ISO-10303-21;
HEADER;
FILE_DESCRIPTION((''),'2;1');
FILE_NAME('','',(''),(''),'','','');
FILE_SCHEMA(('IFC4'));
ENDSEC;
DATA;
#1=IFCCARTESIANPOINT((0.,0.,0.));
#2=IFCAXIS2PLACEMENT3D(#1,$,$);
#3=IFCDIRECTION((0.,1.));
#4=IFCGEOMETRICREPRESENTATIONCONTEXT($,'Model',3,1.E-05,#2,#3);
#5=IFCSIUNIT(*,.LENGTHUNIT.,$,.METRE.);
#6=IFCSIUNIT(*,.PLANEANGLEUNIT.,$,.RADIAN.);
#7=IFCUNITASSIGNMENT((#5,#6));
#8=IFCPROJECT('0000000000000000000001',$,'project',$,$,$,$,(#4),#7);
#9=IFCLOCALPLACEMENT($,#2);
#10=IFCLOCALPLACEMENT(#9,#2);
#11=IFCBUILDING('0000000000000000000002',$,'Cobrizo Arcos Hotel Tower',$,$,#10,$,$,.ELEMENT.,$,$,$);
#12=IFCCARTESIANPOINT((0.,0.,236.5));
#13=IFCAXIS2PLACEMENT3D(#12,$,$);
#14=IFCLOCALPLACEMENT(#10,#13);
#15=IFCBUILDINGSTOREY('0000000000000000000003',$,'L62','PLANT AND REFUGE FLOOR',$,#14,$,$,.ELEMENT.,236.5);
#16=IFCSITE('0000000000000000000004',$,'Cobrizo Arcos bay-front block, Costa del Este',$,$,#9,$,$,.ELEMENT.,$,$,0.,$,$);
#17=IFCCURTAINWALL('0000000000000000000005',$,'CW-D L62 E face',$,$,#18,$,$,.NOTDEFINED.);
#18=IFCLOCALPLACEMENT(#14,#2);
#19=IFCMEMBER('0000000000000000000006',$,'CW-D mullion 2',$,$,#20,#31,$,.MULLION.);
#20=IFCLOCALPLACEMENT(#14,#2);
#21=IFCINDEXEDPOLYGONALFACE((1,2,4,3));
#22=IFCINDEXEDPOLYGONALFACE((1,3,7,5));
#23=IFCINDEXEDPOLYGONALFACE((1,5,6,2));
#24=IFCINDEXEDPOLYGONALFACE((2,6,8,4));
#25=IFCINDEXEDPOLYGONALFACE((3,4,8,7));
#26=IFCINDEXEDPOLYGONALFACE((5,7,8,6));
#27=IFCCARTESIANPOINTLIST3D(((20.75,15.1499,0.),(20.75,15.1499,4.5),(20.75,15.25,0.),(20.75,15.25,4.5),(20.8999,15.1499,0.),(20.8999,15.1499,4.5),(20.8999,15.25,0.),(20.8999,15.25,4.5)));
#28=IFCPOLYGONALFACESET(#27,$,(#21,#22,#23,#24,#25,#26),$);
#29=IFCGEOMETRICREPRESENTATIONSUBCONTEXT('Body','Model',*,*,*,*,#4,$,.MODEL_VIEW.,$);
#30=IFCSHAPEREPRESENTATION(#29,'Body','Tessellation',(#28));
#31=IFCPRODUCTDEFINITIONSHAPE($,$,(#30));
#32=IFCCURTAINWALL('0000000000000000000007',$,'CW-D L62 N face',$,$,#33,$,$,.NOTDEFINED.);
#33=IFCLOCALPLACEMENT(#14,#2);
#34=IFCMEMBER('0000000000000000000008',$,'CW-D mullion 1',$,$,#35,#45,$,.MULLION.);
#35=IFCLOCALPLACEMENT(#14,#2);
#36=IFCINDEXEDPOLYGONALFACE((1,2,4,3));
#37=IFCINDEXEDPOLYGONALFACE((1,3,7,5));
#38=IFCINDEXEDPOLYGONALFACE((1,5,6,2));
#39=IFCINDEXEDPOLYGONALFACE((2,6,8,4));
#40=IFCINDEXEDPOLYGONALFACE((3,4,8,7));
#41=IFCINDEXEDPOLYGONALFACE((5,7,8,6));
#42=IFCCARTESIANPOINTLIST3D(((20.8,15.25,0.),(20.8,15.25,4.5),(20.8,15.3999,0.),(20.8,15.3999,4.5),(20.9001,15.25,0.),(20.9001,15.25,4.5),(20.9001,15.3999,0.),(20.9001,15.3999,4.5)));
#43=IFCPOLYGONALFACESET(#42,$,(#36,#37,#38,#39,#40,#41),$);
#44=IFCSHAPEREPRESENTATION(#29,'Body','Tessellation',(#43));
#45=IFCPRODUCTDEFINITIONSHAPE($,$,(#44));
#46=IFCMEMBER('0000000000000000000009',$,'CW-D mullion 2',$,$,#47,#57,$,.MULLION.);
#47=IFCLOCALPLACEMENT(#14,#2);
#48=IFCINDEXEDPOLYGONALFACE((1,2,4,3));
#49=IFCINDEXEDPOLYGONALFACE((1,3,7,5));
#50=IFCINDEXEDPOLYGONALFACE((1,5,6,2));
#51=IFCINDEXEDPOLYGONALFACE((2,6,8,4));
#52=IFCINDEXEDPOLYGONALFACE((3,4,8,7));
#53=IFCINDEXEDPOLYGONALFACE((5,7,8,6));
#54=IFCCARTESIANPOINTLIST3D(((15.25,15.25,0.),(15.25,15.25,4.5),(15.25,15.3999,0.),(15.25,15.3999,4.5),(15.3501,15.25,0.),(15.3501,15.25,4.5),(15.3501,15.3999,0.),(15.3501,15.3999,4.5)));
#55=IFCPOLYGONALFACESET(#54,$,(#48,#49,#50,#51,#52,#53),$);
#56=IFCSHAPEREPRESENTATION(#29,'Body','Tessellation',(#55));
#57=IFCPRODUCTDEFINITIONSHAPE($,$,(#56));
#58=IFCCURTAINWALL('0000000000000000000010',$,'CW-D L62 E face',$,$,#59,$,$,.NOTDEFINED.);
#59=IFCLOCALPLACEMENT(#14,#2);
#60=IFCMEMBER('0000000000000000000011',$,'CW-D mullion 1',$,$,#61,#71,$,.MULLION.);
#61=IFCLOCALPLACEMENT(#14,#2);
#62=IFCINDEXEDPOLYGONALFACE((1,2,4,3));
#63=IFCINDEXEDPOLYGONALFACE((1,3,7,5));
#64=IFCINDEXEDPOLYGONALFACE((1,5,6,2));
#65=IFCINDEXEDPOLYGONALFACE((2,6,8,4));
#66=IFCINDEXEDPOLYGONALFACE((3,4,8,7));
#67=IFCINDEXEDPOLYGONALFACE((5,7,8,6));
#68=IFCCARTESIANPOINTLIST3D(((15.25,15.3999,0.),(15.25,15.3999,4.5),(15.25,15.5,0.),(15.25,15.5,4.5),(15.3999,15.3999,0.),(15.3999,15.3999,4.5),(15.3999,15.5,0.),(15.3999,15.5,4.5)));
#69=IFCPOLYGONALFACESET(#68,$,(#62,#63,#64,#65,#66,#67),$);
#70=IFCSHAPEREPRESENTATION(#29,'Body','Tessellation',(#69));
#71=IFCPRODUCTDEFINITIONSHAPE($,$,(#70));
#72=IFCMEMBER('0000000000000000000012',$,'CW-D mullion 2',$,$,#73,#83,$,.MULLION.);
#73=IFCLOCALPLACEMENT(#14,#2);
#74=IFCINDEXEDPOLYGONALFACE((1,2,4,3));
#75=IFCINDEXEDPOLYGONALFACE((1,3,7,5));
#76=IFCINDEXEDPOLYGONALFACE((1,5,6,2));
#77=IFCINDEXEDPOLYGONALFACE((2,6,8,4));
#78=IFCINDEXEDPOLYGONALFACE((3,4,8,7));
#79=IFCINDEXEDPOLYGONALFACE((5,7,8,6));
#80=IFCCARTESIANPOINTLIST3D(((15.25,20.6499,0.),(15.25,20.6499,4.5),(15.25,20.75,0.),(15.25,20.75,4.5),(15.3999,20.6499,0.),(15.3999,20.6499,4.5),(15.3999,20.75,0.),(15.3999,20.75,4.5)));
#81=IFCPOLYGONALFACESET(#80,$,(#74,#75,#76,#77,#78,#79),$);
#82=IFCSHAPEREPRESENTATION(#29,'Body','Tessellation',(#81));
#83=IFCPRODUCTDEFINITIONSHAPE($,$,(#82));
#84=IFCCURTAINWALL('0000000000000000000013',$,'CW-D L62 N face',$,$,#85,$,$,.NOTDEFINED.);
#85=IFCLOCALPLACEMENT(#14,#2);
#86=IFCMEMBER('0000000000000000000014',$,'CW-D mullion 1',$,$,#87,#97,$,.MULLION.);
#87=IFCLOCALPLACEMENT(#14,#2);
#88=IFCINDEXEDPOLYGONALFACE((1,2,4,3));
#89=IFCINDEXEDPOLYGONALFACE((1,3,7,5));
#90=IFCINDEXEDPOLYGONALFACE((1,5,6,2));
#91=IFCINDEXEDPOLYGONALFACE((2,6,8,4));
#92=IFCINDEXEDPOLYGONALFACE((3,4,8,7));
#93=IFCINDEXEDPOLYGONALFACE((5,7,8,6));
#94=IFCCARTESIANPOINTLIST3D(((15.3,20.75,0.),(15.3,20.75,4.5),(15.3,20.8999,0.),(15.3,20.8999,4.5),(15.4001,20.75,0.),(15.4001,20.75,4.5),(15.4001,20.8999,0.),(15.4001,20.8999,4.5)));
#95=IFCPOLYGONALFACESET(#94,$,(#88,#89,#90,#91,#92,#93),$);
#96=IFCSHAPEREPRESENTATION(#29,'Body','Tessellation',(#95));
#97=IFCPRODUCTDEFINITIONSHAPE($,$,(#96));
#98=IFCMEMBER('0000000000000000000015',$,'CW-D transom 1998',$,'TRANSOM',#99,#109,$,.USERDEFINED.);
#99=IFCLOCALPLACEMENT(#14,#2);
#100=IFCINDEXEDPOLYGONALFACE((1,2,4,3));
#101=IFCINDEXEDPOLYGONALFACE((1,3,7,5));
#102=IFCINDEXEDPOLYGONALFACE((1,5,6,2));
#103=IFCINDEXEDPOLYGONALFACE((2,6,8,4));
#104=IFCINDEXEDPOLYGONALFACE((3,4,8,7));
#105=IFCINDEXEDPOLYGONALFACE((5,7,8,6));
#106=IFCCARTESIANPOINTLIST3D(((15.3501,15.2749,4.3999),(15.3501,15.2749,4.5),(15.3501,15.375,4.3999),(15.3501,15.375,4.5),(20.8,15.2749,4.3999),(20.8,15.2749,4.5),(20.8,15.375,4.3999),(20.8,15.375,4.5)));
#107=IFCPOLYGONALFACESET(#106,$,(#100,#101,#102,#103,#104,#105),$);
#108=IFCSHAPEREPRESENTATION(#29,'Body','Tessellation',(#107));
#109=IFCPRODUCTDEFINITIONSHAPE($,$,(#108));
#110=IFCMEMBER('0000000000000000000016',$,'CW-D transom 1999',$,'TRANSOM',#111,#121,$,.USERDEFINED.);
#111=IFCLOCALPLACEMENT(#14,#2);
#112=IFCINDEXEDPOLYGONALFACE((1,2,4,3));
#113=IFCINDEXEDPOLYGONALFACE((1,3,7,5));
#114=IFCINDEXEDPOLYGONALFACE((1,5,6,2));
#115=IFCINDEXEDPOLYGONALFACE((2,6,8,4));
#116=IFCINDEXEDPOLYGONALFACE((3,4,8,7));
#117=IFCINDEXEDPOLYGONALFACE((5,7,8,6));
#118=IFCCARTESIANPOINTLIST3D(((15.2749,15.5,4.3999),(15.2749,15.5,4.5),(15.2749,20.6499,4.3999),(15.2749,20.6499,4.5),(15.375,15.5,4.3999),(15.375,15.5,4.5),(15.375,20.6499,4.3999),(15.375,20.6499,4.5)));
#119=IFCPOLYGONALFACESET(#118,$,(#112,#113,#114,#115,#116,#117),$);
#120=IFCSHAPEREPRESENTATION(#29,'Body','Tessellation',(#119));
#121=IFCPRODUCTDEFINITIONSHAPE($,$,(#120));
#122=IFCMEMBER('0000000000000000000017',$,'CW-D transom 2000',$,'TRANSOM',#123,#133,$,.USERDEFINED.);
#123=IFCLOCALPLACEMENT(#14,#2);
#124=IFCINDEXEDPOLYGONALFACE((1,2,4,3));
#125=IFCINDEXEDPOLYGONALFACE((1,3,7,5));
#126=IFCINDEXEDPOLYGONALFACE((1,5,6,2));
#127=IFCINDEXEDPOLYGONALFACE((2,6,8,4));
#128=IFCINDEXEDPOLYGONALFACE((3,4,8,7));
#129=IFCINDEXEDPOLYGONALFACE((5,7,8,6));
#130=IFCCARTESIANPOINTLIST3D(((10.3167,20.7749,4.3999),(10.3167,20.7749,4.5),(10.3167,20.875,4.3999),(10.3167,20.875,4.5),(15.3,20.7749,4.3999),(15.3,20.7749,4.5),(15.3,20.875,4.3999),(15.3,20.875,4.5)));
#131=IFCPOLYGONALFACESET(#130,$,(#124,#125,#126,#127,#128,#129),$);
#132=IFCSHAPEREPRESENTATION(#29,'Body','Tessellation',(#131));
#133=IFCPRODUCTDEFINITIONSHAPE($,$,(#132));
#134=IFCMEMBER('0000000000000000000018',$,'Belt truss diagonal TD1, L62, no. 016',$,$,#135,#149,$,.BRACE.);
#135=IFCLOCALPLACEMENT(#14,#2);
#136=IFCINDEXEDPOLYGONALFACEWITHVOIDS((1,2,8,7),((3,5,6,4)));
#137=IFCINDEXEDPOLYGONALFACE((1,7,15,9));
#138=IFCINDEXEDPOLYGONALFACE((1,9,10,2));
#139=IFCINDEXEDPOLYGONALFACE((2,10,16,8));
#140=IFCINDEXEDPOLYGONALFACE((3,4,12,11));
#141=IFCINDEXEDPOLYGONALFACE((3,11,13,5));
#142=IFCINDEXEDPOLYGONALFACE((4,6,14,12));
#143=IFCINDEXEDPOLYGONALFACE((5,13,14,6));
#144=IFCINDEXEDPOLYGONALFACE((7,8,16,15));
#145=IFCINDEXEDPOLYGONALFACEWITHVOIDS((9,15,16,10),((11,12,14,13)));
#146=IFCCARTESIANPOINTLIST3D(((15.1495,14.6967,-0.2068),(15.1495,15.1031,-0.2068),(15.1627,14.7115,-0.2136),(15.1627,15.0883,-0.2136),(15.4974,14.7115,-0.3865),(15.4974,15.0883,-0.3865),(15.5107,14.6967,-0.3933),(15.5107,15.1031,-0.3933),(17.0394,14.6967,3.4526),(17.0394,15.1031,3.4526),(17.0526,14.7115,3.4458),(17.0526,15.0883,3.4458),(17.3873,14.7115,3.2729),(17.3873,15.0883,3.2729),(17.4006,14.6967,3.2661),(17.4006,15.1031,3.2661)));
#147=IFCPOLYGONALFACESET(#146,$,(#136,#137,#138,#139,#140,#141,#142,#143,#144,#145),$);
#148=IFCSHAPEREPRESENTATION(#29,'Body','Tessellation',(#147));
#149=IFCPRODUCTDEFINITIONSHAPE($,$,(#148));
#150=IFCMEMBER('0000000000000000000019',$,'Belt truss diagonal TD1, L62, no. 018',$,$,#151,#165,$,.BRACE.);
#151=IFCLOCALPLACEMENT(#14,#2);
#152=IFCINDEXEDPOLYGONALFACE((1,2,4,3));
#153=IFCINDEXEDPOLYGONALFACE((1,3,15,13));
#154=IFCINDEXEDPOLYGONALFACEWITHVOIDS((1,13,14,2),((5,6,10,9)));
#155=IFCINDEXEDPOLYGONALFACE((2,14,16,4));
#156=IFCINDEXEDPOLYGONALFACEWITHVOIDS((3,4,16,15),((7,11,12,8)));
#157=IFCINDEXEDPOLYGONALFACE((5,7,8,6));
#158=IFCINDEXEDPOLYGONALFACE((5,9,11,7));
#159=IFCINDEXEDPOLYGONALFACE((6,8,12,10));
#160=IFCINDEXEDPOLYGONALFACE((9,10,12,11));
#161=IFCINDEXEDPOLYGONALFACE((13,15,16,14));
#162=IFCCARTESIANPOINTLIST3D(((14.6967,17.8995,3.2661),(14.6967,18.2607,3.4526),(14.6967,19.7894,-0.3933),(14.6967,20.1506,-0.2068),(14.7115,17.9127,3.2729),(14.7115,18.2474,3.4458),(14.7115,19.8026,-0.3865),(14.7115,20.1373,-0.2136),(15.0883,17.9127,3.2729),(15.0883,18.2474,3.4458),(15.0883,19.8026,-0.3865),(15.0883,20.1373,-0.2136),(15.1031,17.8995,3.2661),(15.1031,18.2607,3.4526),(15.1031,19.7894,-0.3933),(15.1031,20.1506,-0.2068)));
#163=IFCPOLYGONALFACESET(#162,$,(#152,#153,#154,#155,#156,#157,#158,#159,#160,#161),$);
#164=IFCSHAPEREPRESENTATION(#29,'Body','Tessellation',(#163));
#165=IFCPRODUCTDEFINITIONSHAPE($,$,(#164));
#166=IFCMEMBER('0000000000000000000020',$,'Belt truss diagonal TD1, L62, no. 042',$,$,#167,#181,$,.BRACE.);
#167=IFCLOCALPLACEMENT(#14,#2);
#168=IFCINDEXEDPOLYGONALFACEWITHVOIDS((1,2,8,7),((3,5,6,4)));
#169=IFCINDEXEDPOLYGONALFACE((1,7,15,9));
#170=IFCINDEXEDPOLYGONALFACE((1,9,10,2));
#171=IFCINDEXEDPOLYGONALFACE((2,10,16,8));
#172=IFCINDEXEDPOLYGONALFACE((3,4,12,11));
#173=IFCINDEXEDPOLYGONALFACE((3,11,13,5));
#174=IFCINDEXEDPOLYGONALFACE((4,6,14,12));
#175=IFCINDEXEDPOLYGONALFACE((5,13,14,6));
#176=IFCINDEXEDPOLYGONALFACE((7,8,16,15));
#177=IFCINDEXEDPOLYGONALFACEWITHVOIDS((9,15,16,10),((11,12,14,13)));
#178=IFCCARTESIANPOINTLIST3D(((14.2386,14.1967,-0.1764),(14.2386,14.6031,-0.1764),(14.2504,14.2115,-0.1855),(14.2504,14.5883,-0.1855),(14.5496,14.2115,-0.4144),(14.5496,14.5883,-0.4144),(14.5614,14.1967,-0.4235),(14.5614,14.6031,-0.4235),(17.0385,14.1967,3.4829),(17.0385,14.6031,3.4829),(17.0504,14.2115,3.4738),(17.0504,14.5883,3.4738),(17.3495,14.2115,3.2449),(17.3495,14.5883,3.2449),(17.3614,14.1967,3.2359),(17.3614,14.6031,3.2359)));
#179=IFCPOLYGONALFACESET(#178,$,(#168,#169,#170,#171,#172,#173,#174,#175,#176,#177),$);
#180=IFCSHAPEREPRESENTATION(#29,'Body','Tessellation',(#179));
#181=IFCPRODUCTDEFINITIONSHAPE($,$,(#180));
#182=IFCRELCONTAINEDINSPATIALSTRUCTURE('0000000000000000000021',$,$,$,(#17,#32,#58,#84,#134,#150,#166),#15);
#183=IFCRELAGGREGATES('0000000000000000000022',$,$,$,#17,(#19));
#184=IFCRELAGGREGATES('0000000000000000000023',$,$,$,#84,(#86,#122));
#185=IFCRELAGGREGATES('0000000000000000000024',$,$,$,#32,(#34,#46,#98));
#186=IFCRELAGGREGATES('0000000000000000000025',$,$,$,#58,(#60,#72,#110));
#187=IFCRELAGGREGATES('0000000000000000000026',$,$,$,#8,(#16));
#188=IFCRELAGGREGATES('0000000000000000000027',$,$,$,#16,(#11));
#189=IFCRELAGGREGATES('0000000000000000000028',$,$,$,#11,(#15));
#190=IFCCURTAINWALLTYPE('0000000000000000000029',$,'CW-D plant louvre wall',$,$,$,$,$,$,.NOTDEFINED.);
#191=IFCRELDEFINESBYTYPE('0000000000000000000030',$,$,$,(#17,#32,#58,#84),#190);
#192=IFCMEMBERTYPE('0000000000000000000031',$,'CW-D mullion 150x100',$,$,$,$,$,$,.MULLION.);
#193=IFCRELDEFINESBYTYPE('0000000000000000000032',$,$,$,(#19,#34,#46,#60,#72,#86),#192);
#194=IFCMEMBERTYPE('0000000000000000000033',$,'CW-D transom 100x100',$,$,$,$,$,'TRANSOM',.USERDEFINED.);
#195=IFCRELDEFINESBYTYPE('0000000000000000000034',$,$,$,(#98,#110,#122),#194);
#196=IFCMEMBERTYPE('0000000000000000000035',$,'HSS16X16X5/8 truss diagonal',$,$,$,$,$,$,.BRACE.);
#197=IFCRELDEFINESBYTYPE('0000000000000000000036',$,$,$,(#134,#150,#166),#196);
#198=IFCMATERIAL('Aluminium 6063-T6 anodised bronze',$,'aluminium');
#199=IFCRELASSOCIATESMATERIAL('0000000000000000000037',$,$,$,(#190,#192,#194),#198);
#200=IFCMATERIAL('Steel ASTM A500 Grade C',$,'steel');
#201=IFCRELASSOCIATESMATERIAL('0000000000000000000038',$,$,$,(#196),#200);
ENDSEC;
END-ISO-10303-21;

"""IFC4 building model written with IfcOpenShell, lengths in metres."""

from ifc_helpers import new_model, si_unit, direction, frame, origin, origin_2d, place, context, subcontext, project, spatial, rectangle, hollow_rectangle, extrude, material, material_profile, profile_set, type_object, element, aggregate, save


model = new_model("IFC4")

# Units and contexts
model_context = context("Model", 3, precision=1e-05, world=origin(), true_north=direction((0.0, 1.0)))
body_context = subcontext(model_context, "Body", "Model", "MODEL_VIEW")
ifc_project = project(units=[si_unit("LENGTHUNIT", "METRE"), si_unit("PLANEANGLEUNIT", "RADIAN")], contexts=[model_context])

# Site, building, storey
site_placement = place(None, origin())
site = spatial("IfcSite", under=ifc_project, at=site_placement, Name="Cobrizo Arcos bay-front block, Costa del Este", CompositionType="ELEMENT", RefElevation=0.0)
building_placement = place(site_placement, origin())
building = spatial("IfcBuilding", under=site, at=building_placement, Name="Cobrizo Arcos Hotel Tower", CompositionType="ELEMENT")
storey_placement = place(building_placement, frame((0.0, 0.0, 236.5)))
storey = spatial("IfcBuildingStorey", under=building, at=storey_placement, Name="L62", Description="PLANT AND REFUGE FLOOR", CompositionType="ELEMENT", Elevation=236.5)

# Curtain wall, member
ifc_material_1 = material(Name="Aluminium 6063-T6 anodised bronze", Category="aluminium")
curtain_wall_type = type_object("IfcCurtainWallType", Name="CW-D plant louvre wall", PredefinedType="NOTDEFINED", material=ifc_material_1)
curtain_wall_1_placement = place(storey_placement, origin())
curtain_wall_1 = element("IfcCurtainWall", 1, at=curtain_wall_1_placement, inside=storey, type_object=curtain_wall_type, Name="CW-D L62 E face", PredefinedType="NOTDEFINED")
ifc_material_profile_1 = material_profile(ifc_material_1, rectangle(XDim=0.1499, YDim=0.1001, at=origin_2d()), Name="CW-D mullion 150x100")
ifc_profile_set_1 = profile_set([ifc_material_profile_1], Name="Aluminium 6063-T6 anodised bronze")
member_type_1 = type_object("IfcMemberType", Name="CW-D mullion 150x100", PredefinedType="MULLION", material=ifc_profile_set_1)
member_1_placement = place(storey_placement, frame((20.825, 15.2, 0.0), z_axis=(0.0, 0.0, 1.0), x_axis=(1.0, 0.0, 0.0)))
member_1 = element("IfcMember", 2, at=member_1_placement, type_object=member_type_1, Name="CW-D mullion 2", PredefinedType="MULLION", context=body_context, shape_type="SweptSolid", body=[
    extrude(rectangle(XDim=0.1499, YDim=0.1001, at=origin_2d()), origin(), (0.0, 0.0, 1.0), 4.5),
])
aggregate(curtain_wall_1, [member_1])

# Curtain walls, members
curtain_wall_2_placement = place(storey_placement, origin())
curtain_wall_2 = element("IfcCurtainWall", 3, at=curtain_wall_2_placement, inside=storey, type_object=curtain_wall_type, Name="CW-D L62 N face", PredefinedType="NOTDEFINED")
member_2_placement = place(storey_placement, frame((20.8501, 15.325, 0.0), z_axis=(0.0, 0.0, 1.0), x_axis=(0.0, 1.0, 0.0)))
member_2 = element("IfcMember", 4, at=member_2_placement, type_object=member_type_1, Name="CW-D mullion 1", PredefinedType="MULLION", context=body_context, shape_type="SweptSolid", body=[
    extrude(rectangle(XDim=0.1499, YDim=0.1001, at=origin_2d()), origin(), (0.0, 0.0, 1.0), 4.5),
])
member_3_placement = place(storey_placement, frame((15.3, 15.325, 0.0), z_axis=(0.0, 0.0, 1.0), x_axis=(0.0, 1.0, 0.0)))
member_3 = element("IfcMember", 5, at=member_3_placement, type_object=member_type_1, Name="CW-D mullion 2", PredefinedType="MULLION", context=body_context, shape_type="SweptSolid", body=[
    extrude(rectangle(XDim=0.1499, YDim=0.1001, at=origin_2d()), origin(), (0.0, 0.0, 1.0), 4.5),
])
curtain_wall_3_placement = place(storey_placement, origin())
curtain_wall_3 = element("IfcCurtainWall", 6, at=curtain_wall_3_placement, inside=storey, type_object=curtain_wall_type, Name="CW-D L62 E face", PredefinedType="NOTDEFINED")
member_4_placement = place(storey_placement, frame((15.325, 15.45, 0.0), z_axis=(0.0, 0.0, 1.0), x_axis=(1.0, 0.0, 0.0)))
member_4 = element("IfcMember", 7, at=member_4_placement, type_object=member_type_1, Name="CW-D mullion 1", PredefinedType="MULLION", context=body_context, shape_type="SweptSolid", body=[
    extrude(rectangle(XDim=0.1499, YDim=0.1001, at=origin_2d()), origin(), (0.0, 0.0, 1.0), 4.5),
])
member_5_placement = place(storey_placement, frame((15.325, 20.7, 0.0), z_axis=(0.0, 0.0, 1.0), x_axis=(1.0, 0.0, 0.0)))
member_5 = element("IfcMember", 8, at=member_5_placement, type_object=member_type_1, Name="CW-D mullion 2", PredefinedType="MULLION", context=body_context, shape_type="SweptSolid", body=[
    extrude(rectangle(XDim=0.1499, YDim=0.1001, at=origin_2d()), origin(), (0.0, 0.0, 1.0), 4.5),
])

# Curtain wall, member
curtain_wall_4_placement = place(storey_placement, origin())
curtain_wall_4 = element("IfcCurtainWall", 9, at=curtain_wall_4_placement, inside=storey, type_object=curtain_wall_type, Name="CW-D L62 N face", PredefinedType="NOTDEFINED")
member_6_placement = place(storey_placement, frame((15.3501, 20.825, 0.0), z_axis=(0.0, 0.0, 1.0), x_axis=(0.0, 1.0, 0.0)))
member_6 = element("IfcMember", 10, at=member_6_placement, type_object=member_type_1, Name="CW-D mullion 1", PredefinedType="MULLION", context=body_context, shape_type="SweptSolid", body=[
    extrude(rectangle(XDim=0.1499, YDim=0.1001, at=origin_2d()), origin(), (0.0, 0.0, 1.0), 4.5),
])

# Members
ifc_material_profile_2 = material_profile(ifc_material_1, rectangle(XDim=0.1001, YDim=0.1001, at=origin_2d()), Name="CW-D transom 100x100")
ifc_profile_set_2 = profile_set([ifc_material_profile_2], Name="Aluminium 6063-T6 anodised bronze")
member_type_2 = type_object("IfcMemberType", Name="CW-D transom 100x100", ElementType="TRANSOM", PredefinedType="USERDEFINED", material=ifc_profile_set_2)
member_7_placement = place(storey_placement, frame((20.8, 15.325, 4.45), z_axis=(-1.0, 0.0, 0.0), x_axis=(0.0, -1.0, 0.0)))
member_7 = element("IfcMember", 11, at=member_7_placement, type_object=member_type_2, Name="CW-D transom 1998", ObjectType="TRANSOM", PredefinedType="USERDEFINED", context=body_context, shape_type="SweptSolid", body=[
    extrude(rectangle(XDim=0.1001, YDim=0.1001, at=origin_2d()), origin(), (0.0, 0.0, 1.0), 5.45),
])
member_8_placement = place(storey_placement, frame((15.325, 15.5, 4.45), z_axis=(0.0, 1.0, 0.0), x_axis=(-1.0, 0.0, 0.0)))
member_8 = element("IfcMember", 12, at=member_8_placement, type_object=member_type_2, Name="CW-D transom 1999", ObjectType="TRANSOM", PredefinedType="USERDEFINED", context=body_context, shape_type="SweptSolid", body=[
    extrude(rectangle(XDim=0.1001, YDim=0.1001, at=origin_2d()), origin(), (0.0, 0.0, 1.0), 5.1499),
])
member_9_placement = place(storey_placement, frame((15.3, 20.825, 4.45), z_axis=(-1.0, 0.0, 0.0), x_axis=(0.0, -1.0, 0.0)))
member_9 = element("IfcMember", 13, at=member_9_placement, type_object=member_type_2, Name="CW-D transom 2000", ObjectType="TRANSOM", PredefinedType="USERDEFINED", context=body_context, shape_type="SweptSolid", body=[
    extrude(rectangle(XDim=0.1001, YDim=0.1001, at=origin_2d()), origin(), (0.0, 0.0, 1.0), 4.9834),
])
aggregate(curtain_wall_4, [member_6, member_9])

# Members
ifc_material_2 = material(Name="Steel ASTM A500 Grade C", Category="steel")
ifc_material_profile_3 = material_profile(ifc_material_2, hollow_rectangle(XDim=0.4065, YDim=0.4065, WallThickness=0.0149, at=origin_2d()), Name="HSS16X16X5/8")
ifc_profile_set_3 = profile_set([ifc_material_profile_3], Name="Steel ASTM A500 Grade C")
member_type_3 = type_object("IfcMemberType", Name="HSS16X16X5/8 truss diagonal", PredefinedType="BRACE", material=ifc_profile_set_3)
for number, where, z_axis, x_axis, name in (
    (14, (17.22, 14.8999, 3.3594), (-0.458865, 0.0, -0.888506), (0.0, -1.0, 0.0), "Belt truss diagonal TD1, L62, no. 016"),
    (15, (14.8999, 18.0801, 3.3594), (0.0, 0.458865, -0.888506), (-1.0, 0.0, 0.0), "Belt truss diagonal TD1, L62, no. 018"),
):
    element("IfcMember", number, at=place(storey_placement, frame(where, z_axis=z_axis, x_axis=x_axis)), inside=storey, type_object=member_type_3, Name=name, PredefinedType="BRACE", context=body_context, shape_type="SweptSolid", body=[
        extrude(hollow_rectangle(XDim=0.4065, YDim=0.4065, WallThickness=0.0149, at=origin_2d()), origin(), (0.0, 0.0, 1.0), 4.1187),
    ])
member_10_placement = place(storey_placement, frame((17.2, 14.3999, 3.3594), z_axis=(-0.607678, 0.0, -0.794183), x_axis=(0.0, -1.0, 0.0)))
element("IfcMember", 16, at=member_10_placement, inside=storey, type_object=member_type_3, Name="Belt truss diagonal TD1, L62, no. 042", PredefinedType="BRACE", context=body_context, shape_type="SweptSolid", body=[
    extrude(hollow_rectangle(XDim=0.4065, YDim=0.4065, WallThickness=0.0149, at=origin_2d()), origin(), (0.0, 0.0, 1.0), 4.6077),
])

aggregate(curtain_wall_2, [member_2, member_3, member_7])
aggregate(curtain_wall_3, [member_4, member_5, member_8])

save(model, "model.ifc")
